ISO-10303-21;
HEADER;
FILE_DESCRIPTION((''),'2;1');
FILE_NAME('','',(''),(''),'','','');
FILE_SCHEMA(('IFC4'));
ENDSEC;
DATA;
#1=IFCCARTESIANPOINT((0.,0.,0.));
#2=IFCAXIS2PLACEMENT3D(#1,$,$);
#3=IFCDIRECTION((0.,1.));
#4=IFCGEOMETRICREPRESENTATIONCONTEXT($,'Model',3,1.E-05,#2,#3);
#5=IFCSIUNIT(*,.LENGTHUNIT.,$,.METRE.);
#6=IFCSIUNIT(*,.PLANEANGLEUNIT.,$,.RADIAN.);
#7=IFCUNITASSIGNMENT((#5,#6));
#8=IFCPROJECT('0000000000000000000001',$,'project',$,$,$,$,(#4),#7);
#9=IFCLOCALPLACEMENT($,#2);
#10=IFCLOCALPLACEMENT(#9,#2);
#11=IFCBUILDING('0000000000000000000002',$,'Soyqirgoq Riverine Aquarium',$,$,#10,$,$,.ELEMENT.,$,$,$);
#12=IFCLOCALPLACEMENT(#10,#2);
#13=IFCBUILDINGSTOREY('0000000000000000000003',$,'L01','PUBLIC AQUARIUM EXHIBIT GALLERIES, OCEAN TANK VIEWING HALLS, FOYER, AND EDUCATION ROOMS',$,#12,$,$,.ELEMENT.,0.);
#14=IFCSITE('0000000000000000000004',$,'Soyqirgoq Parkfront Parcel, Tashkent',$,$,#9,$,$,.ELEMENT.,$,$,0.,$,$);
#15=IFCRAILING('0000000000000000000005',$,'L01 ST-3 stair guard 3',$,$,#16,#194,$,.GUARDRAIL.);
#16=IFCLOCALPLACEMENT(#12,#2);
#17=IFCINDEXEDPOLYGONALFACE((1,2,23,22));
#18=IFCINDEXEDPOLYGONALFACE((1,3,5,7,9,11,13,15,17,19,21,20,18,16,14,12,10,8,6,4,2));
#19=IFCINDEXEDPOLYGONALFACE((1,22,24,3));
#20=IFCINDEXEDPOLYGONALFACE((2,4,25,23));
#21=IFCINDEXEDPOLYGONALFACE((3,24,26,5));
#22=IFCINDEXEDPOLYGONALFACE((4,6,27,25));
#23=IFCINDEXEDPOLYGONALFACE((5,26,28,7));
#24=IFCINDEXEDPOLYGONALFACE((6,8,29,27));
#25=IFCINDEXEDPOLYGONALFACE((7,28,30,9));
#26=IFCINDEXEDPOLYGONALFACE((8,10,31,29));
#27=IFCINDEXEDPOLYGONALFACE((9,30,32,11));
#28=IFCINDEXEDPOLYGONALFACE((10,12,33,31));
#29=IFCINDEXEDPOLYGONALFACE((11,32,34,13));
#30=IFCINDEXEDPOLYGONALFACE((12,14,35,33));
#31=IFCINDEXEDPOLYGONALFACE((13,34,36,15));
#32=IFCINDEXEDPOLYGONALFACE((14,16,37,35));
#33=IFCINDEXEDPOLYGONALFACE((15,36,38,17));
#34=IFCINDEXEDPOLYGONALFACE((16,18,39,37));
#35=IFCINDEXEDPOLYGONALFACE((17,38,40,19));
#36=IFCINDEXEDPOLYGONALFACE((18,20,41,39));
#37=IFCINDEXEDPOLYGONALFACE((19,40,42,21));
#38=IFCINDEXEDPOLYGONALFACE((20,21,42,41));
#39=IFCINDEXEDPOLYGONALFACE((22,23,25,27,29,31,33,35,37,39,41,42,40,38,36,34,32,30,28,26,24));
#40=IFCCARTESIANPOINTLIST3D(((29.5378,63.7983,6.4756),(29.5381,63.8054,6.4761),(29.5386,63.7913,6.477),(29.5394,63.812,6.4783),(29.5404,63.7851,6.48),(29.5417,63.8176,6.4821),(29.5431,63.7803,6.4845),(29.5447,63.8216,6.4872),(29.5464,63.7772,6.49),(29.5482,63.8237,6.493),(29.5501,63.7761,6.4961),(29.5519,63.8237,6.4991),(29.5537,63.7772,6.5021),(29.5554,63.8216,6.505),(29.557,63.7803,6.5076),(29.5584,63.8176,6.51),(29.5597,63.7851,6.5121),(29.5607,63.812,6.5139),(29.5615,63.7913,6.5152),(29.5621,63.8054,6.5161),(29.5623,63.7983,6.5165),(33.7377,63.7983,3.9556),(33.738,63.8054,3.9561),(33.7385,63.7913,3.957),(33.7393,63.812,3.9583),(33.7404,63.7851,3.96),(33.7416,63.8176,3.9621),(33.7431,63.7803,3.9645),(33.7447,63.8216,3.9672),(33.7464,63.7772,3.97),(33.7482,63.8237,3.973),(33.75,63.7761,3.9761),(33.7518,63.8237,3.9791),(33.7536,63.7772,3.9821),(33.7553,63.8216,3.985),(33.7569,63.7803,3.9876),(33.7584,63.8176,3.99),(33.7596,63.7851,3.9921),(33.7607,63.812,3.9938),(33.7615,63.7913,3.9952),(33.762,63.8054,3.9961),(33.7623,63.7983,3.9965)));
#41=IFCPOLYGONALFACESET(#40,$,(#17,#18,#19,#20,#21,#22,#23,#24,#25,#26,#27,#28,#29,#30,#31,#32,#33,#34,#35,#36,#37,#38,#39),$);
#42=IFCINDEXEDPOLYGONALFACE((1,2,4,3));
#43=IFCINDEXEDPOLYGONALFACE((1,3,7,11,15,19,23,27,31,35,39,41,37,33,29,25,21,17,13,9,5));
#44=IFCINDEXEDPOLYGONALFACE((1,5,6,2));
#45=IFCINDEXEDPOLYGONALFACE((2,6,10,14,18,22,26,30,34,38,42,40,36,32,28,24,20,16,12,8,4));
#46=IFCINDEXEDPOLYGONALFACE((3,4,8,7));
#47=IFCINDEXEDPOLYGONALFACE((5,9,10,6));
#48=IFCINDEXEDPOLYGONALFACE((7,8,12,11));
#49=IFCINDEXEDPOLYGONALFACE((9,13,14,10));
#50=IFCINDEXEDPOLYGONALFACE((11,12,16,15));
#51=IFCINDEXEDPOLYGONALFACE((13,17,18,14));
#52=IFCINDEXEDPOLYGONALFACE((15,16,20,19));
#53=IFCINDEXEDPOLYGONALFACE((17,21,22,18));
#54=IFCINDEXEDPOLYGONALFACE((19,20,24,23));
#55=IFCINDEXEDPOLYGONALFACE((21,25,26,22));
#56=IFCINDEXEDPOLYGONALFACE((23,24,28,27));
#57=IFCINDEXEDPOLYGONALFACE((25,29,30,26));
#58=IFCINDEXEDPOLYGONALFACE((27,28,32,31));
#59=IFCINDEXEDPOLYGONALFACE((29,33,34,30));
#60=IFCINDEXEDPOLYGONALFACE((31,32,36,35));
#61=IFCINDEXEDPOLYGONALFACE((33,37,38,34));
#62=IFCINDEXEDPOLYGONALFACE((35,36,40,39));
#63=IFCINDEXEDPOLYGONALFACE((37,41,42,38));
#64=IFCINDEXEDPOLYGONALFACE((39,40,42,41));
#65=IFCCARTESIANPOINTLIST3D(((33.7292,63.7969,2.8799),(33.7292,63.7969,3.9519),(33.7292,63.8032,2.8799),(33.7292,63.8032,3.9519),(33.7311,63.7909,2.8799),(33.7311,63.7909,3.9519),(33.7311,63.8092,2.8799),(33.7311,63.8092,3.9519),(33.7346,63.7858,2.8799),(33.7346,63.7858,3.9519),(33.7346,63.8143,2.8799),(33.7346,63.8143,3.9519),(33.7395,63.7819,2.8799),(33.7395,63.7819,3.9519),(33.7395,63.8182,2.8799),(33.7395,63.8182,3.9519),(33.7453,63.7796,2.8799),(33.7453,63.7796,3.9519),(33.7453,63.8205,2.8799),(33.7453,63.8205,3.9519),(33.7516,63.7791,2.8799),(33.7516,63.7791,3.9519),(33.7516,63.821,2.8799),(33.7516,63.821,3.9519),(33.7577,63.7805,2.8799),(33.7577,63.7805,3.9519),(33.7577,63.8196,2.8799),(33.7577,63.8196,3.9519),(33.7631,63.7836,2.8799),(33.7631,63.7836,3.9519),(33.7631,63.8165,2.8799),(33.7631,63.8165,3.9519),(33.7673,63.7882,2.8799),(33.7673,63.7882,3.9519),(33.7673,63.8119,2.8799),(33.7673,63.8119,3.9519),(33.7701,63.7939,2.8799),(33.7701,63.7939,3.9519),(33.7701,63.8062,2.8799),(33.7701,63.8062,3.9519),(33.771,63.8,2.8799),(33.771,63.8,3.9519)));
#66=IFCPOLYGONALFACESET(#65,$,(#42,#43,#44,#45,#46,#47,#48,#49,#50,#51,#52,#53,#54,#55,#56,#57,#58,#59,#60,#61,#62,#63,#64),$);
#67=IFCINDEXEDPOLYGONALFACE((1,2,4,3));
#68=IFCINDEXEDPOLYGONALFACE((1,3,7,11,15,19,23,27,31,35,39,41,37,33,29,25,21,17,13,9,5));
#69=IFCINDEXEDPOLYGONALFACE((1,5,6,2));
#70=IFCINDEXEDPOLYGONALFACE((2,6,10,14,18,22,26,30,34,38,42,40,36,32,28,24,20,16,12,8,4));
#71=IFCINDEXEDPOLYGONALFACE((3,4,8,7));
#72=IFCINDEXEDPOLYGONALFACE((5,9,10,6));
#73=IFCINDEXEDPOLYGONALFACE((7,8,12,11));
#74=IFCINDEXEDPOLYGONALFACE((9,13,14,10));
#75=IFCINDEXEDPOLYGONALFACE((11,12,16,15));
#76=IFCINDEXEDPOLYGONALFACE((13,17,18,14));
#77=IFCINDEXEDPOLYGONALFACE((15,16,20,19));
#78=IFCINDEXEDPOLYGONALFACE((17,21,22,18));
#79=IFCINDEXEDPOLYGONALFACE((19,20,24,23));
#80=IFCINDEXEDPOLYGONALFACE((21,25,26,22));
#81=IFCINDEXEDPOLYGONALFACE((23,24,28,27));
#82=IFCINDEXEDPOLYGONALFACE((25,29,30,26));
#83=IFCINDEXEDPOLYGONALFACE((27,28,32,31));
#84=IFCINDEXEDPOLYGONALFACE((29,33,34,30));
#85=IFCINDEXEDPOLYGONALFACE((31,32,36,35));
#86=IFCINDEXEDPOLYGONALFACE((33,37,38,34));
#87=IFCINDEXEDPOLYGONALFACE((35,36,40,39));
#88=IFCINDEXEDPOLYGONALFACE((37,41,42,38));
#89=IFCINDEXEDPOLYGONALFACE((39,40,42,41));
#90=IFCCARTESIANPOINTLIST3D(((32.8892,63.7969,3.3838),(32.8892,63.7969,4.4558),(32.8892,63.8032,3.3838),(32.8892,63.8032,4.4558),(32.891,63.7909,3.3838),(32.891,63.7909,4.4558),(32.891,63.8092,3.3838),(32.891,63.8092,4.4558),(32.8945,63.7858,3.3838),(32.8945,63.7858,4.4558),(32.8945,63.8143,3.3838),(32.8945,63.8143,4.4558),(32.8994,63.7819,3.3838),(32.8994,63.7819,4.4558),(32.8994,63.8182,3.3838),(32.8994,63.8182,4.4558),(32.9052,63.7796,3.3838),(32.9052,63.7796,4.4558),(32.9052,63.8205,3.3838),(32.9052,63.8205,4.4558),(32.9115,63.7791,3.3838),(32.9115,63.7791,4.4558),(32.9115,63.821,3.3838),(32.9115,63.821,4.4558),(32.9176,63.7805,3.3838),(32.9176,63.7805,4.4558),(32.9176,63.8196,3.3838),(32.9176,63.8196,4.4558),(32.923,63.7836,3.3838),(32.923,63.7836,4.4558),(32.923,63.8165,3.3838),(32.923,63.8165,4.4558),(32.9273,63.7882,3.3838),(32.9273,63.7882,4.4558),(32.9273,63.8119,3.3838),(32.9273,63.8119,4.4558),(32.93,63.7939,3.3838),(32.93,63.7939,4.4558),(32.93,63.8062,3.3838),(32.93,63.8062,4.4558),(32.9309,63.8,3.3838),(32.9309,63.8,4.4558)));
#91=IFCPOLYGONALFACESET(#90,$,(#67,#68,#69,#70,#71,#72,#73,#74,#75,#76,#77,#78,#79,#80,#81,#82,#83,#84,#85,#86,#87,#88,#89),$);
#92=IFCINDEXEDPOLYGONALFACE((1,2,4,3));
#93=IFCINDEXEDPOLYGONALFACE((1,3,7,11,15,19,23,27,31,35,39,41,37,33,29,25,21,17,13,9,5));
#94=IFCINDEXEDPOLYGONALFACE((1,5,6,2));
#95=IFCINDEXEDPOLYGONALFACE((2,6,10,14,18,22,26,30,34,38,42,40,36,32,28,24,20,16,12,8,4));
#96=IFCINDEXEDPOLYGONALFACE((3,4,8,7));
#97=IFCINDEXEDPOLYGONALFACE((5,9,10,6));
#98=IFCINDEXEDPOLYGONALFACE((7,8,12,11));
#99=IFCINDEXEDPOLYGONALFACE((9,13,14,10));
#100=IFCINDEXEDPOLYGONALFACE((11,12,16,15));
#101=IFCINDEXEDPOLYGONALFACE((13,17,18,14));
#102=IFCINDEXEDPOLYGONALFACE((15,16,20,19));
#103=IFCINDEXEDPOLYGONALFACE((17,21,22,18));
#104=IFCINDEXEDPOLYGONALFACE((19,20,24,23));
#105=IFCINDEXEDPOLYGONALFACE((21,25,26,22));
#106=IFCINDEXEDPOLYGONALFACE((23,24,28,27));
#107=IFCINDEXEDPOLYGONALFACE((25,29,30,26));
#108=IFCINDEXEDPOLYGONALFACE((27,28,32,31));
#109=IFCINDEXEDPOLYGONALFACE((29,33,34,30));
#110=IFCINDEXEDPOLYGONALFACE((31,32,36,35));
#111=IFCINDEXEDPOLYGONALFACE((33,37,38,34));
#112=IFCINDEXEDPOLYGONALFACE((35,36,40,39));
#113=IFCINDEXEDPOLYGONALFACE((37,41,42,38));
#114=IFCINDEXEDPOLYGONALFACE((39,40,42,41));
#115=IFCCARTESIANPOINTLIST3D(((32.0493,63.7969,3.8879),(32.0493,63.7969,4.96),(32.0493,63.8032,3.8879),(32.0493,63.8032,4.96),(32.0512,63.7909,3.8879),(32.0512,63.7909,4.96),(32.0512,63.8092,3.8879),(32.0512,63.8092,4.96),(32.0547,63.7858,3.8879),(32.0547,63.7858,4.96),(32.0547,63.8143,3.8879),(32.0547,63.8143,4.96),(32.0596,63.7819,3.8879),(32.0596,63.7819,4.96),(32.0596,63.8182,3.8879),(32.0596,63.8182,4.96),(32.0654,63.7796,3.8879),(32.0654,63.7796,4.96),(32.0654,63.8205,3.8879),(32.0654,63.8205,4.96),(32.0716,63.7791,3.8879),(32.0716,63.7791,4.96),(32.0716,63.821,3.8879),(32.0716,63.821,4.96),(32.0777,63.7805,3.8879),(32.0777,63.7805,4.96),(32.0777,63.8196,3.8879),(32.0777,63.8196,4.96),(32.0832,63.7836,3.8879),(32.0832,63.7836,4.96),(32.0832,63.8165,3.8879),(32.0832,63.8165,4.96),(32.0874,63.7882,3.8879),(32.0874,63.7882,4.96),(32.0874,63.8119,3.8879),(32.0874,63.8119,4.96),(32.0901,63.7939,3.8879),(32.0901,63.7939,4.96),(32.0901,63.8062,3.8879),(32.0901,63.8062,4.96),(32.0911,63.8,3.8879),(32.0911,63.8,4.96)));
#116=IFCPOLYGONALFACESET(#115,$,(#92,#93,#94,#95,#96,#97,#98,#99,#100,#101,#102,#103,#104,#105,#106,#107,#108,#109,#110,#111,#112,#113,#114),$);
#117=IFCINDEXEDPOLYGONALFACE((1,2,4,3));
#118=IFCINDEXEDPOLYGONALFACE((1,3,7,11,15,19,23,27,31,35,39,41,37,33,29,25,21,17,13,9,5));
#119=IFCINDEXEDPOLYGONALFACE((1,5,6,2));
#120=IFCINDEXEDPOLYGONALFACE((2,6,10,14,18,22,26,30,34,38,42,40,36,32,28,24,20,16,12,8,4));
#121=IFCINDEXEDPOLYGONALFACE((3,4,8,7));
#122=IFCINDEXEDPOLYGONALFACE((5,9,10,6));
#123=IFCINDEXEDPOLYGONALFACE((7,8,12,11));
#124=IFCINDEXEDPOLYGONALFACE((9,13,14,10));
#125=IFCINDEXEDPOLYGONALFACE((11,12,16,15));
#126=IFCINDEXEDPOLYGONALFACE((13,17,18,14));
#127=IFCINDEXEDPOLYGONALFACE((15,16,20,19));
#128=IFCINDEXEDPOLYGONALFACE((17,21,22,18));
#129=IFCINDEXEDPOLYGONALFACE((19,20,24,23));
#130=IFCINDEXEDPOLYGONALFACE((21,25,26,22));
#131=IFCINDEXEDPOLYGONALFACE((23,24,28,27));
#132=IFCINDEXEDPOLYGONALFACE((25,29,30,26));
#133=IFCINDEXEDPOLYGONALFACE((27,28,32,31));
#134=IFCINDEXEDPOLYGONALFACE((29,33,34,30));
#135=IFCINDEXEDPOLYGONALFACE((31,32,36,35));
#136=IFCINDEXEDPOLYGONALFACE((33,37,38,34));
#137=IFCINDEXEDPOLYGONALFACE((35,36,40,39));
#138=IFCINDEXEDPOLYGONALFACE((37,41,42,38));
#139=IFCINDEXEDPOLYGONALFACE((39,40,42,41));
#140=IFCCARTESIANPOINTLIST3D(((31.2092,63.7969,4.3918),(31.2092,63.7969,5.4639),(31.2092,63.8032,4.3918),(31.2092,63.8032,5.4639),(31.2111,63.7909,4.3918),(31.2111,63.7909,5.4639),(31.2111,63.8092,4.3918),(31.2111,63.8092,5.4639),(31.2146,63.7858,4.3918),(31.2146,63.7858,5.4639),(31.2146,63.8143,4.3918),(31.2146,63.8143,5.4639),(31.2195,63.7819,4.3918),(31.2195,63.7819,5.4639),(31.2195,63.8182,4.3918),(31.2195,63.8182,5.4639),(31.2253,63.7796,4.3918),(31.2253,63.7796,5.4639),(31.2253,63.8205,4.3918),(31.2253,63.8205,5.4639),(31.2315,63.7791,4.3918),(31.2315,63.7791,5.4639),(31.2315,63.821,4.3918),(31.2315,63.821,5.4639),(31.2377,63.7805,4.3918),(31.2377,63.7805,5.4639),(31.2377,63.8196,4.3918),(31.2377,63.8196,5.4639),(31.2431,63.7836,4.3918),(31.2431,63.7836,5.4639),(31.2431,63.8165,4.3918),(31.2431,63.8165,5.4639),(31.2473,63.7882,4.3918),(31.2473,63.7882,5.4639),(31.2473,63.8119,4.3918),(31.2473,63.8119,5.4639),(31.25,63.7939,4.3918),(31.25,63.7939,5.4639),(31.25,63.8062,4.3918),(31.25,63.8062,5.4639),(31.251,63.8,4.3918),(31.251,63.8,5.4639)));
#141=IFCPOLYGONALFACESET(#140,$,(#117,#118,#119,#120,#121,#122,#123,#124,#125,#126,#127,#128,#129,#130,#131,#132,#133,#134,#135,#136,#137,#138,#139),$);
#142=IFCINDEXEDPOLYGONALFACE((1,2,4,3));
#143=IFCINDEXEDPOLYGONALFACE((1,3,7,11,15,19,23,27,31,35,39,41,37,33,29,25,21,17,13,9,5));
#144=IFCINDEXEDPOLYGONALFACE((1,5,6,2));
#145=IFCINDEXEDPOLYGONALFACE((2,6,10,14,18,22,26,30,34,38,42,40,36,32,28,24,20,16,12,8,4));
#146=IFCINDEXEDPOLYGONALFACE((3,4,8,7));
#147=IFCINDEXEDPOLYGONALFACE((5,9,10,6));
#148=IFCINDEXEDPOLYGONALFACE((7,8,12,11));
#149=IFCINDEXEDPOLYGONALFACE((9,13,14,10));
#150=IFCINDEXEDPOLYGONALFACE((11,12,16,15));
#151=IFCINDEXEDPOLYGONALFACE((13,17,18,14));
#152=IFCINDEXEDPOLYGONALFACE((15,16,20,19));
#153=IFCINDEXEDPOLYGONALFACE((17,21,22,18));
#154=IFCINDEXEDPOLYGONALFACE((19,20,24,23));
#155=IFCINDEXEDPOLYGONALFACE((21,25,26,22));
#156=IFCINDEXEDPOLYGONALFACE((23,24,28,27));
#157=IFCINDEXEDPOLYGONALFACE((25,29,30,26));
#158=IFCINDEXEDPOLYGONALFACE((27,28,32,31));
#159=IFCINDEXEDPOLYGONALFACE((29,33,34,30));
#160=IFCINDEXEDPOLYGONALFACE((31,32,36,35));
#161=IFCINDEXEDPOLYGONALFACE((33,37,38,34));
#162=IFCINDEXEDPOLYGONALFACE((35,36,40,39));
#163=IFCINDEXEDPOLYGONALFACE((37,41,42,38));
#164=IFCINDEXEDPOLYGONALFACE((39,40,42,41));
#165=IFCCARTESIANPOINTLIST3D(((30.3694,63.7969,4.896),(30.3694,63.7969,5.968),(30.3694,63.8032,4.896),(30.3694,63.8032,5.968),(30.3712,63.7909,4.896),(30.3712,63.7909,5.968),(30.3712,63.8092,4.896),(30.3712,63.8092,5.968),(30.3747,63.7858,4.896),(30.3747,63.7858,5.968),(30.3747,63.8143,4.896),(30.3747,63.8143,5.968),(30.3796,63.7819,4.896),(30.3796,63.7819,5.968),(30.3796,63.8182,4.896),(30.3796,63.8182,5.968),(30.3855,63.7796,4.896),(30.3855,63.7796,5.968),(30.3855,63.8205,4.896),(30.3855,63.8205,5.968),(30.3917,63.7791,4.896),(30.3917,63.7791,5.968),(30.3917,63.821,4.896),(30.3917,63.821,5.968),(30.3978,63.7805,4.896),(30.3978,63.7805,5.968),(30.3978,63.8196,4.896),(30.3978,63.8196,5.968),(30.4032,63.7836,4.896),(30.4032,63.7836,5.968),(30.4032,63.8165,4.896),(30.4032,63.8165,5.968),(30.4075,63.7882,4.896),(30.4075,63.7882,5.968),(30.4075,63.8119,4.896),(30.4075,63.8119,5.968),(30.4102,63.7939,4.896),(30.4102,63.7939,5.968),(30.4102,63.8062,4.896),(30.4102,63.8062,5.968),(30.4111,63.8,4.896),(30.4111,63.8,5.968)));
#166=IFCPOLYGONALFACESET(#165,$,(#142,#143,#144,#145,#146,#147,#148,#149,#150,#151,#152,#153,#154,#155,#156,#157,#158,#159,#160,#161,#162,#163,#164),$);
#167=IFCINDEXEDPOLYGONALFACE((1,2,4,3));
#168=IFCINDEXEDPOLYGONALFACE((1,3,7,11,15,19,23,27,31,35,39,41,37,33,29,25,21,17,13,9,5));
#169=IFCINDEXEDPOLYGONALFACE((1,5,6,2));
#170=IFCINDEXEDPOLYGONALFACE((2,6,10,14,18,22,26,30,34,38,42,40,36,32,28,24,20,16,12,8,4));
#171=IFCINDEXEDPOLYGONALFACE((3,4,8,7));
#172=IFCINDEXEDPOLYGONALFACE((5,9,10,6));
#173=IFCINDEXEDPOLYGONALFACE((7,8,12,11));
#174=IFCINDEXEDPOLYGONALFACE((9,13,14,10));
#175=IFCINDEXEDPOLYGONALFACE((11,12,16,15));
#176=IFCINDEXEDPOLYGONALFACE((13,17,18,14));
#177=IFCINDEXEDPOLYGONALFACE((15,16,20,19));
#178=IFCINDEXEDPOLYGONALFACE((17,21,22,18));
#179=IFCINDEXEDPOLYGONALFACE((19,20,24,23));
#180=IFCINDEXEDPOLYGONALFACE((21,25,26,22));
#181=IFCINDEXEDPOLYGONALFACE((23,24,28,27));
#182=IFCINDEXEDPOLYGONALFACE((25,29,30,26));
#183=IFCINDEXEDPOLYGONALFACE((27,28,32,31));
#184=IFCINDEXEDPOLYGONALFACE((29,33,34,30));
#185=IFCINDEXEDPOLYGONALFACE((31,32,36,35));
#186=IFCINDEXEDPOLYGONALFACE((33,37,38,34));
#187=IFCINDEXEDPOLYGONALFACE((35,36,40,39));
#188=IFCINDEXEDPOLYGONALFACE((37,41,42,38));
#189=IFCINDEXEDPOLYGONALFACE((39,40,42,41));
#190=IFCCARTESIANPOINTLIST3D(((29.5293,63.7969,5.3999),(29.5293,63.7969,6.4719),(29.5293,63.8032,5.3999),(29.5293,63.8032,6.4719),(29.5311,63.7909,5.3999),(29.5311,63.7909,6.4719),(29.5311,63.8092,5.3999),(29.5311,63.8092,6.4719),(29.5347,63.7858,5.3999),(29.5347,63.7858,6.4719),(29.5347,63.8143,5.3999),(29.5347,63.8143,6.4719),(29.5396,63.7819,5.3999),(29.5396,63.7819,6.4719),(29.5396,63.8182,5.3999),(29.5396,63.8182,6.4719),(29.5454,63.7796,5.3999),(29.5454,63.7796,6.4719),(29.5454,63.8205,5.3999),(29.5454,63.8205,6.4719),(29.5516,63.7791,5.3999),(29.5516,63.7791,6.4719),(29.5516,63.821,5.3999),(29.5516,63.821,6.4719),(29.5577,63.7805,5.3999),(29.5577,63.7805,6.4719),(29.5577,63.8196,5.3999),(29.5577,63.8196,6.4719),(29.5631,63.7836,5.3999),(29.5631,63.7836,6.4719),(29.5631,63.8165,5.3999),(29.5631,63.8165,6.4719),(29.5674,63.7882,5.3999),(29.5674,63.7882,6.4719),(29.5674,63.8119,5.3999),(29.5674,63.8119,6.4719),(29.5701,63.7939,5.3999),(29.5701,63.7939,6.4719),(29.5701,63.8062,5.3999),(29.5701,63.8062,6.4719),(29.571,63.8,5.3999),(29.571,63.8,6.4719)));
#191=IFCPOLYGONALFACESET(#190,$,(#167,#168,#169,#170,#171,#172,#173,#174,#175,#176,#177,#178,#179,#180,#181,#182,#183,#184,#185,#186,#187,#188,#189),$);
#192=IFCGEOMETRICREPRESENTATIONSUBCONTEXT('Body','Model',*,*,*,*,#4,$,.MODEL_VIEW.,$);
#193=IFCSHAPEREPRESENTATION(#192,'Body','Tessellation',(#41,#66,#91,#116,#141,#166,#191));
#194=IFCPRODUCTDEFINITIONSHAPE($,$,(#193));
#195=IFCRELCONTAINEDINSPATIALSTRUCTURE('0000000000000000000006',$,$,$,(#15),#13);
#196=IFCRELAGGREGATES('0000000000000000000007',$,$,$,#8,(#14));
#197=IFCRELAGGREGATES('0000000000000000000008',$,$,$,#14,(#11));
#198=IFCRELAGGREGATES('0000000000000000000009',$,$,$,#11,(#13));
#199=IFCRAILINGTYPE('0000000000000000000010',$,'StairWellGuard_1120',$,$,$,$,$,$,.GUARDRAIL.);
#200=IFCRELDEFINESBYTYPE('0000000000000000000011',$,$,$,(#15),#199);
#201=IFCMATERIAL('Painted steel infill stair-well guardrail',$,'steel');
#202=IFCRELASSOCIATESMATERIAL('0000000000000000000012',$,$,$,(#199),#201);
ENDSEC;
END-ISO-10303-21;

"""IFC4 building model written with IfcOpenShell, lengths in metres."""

from ifc_helpers import new_model, si_unit, direction, frame, origin, origin_2d, place, context, subcontext, project, spatial, circle, extrude, material, type_object, element, save


model = new_model("IFC4")

# Units and contexts
model_context = context("Model", 3, precision=1e-05, world=origin(), true_north=direction((0.0, 1.0)))
body_context = subcontext(model_context, "Body", "Model", "MODEL_VIEW")
ifc_project = project(units=[si_unit("LENGTHUNIT", "METRE"), si_unit("PLANEANGLEUNIT", "RADIAN")], contexts=[model_context])

# Site, building, storey
site_placement = place(None, origin())
site = spatial("IfcSite", under=ifc_project, at=site_placement, Name="Soyqirgoq Parkfront Parcel, Tashkent", CompositionType="ELEMENT", RefElevation=0.0)
building_placement = place(site_placement, origin())
building = spatial("IfcBuilding", under=site, at=building_placement, Name="Soyqirgoq Riverine Aquarium", CompositionType="ELEMENT")
storey_placement = place(building_placement, origin())
storey = spatial("IfcBuildingStorey", under=building, at=storey_placement, Name="L01", Description="PUBLIC AQUARIUM EXHIBIT GALLERIES, OCEAN TANK VIEWING HALLS, FOYER, AND EDUCATION ROOMS", CompositionType="ELEMENT", Elevation=0.0)

# Railing
ifc_material_1 = material(Name="Painted steel infill stair-well guardrail", Category="steel")
railing_type_1 = type_object("IfcRailingType", Name="StairWellGuard_1120", PredefinedType="GUARDRAIL", material=ifc_material_1)
railing_1_placement = place(storey_placement, frame((33.75, 63.8, 2.8799)))
element("IfcRailing", 1, at=railing_1_placement, inside=storey, type_object=railing_type_1, Name="L01 ST-3 stair guard 3", PredefinedType="GUARDRAIL", context=body_context, shape_type="SweptSolid", body=[
    extrude(circle(Radius=0.0239, at=origin_2d()), frame((0.0, 0.0, 1.0962), z_axis=(-0.857489, 0.0, 0.514503), x_axis=(0.0, -1.0, 0.0)), (0.0, 0.0, 1.0), 4.8979),
    extrude(circle(Radius=0.021, at=origin_2d()), origin(), (0.0, 0.0, 1.0), 1.072),
    extrude(circle(Radius=0.021, at=origin_2d()), frame((-0.8401, 0.0, 0.5039)), (0.0, 0.0, 1.0), 1.072),
    extrude(circle(Radius=0.021, at=origin_2d()), frame((-1.6799, 0.0, 1.0081)), (0.0, 0.0, 1.0), 1.072),
    extrude(circle(Radius=0.021, at=origin_2d()), frame((-2.52, 0.0, 1.512)), (0.0, 0.0, 1.0), 1.072),
    extrude(circle(Radius=0.021, at=origin_2d()), frame((-3.3599, 0.0, 2.0161)), (0.0, 0.0, 1.0), 1.072),
    extrude(circle(Radius=0.021, at=origin_2d()), frame((-4.2, 0.0, 2.52)), (0.0, 0.0, 1.0), 1.072),
])

save(model, "model.ifc")
